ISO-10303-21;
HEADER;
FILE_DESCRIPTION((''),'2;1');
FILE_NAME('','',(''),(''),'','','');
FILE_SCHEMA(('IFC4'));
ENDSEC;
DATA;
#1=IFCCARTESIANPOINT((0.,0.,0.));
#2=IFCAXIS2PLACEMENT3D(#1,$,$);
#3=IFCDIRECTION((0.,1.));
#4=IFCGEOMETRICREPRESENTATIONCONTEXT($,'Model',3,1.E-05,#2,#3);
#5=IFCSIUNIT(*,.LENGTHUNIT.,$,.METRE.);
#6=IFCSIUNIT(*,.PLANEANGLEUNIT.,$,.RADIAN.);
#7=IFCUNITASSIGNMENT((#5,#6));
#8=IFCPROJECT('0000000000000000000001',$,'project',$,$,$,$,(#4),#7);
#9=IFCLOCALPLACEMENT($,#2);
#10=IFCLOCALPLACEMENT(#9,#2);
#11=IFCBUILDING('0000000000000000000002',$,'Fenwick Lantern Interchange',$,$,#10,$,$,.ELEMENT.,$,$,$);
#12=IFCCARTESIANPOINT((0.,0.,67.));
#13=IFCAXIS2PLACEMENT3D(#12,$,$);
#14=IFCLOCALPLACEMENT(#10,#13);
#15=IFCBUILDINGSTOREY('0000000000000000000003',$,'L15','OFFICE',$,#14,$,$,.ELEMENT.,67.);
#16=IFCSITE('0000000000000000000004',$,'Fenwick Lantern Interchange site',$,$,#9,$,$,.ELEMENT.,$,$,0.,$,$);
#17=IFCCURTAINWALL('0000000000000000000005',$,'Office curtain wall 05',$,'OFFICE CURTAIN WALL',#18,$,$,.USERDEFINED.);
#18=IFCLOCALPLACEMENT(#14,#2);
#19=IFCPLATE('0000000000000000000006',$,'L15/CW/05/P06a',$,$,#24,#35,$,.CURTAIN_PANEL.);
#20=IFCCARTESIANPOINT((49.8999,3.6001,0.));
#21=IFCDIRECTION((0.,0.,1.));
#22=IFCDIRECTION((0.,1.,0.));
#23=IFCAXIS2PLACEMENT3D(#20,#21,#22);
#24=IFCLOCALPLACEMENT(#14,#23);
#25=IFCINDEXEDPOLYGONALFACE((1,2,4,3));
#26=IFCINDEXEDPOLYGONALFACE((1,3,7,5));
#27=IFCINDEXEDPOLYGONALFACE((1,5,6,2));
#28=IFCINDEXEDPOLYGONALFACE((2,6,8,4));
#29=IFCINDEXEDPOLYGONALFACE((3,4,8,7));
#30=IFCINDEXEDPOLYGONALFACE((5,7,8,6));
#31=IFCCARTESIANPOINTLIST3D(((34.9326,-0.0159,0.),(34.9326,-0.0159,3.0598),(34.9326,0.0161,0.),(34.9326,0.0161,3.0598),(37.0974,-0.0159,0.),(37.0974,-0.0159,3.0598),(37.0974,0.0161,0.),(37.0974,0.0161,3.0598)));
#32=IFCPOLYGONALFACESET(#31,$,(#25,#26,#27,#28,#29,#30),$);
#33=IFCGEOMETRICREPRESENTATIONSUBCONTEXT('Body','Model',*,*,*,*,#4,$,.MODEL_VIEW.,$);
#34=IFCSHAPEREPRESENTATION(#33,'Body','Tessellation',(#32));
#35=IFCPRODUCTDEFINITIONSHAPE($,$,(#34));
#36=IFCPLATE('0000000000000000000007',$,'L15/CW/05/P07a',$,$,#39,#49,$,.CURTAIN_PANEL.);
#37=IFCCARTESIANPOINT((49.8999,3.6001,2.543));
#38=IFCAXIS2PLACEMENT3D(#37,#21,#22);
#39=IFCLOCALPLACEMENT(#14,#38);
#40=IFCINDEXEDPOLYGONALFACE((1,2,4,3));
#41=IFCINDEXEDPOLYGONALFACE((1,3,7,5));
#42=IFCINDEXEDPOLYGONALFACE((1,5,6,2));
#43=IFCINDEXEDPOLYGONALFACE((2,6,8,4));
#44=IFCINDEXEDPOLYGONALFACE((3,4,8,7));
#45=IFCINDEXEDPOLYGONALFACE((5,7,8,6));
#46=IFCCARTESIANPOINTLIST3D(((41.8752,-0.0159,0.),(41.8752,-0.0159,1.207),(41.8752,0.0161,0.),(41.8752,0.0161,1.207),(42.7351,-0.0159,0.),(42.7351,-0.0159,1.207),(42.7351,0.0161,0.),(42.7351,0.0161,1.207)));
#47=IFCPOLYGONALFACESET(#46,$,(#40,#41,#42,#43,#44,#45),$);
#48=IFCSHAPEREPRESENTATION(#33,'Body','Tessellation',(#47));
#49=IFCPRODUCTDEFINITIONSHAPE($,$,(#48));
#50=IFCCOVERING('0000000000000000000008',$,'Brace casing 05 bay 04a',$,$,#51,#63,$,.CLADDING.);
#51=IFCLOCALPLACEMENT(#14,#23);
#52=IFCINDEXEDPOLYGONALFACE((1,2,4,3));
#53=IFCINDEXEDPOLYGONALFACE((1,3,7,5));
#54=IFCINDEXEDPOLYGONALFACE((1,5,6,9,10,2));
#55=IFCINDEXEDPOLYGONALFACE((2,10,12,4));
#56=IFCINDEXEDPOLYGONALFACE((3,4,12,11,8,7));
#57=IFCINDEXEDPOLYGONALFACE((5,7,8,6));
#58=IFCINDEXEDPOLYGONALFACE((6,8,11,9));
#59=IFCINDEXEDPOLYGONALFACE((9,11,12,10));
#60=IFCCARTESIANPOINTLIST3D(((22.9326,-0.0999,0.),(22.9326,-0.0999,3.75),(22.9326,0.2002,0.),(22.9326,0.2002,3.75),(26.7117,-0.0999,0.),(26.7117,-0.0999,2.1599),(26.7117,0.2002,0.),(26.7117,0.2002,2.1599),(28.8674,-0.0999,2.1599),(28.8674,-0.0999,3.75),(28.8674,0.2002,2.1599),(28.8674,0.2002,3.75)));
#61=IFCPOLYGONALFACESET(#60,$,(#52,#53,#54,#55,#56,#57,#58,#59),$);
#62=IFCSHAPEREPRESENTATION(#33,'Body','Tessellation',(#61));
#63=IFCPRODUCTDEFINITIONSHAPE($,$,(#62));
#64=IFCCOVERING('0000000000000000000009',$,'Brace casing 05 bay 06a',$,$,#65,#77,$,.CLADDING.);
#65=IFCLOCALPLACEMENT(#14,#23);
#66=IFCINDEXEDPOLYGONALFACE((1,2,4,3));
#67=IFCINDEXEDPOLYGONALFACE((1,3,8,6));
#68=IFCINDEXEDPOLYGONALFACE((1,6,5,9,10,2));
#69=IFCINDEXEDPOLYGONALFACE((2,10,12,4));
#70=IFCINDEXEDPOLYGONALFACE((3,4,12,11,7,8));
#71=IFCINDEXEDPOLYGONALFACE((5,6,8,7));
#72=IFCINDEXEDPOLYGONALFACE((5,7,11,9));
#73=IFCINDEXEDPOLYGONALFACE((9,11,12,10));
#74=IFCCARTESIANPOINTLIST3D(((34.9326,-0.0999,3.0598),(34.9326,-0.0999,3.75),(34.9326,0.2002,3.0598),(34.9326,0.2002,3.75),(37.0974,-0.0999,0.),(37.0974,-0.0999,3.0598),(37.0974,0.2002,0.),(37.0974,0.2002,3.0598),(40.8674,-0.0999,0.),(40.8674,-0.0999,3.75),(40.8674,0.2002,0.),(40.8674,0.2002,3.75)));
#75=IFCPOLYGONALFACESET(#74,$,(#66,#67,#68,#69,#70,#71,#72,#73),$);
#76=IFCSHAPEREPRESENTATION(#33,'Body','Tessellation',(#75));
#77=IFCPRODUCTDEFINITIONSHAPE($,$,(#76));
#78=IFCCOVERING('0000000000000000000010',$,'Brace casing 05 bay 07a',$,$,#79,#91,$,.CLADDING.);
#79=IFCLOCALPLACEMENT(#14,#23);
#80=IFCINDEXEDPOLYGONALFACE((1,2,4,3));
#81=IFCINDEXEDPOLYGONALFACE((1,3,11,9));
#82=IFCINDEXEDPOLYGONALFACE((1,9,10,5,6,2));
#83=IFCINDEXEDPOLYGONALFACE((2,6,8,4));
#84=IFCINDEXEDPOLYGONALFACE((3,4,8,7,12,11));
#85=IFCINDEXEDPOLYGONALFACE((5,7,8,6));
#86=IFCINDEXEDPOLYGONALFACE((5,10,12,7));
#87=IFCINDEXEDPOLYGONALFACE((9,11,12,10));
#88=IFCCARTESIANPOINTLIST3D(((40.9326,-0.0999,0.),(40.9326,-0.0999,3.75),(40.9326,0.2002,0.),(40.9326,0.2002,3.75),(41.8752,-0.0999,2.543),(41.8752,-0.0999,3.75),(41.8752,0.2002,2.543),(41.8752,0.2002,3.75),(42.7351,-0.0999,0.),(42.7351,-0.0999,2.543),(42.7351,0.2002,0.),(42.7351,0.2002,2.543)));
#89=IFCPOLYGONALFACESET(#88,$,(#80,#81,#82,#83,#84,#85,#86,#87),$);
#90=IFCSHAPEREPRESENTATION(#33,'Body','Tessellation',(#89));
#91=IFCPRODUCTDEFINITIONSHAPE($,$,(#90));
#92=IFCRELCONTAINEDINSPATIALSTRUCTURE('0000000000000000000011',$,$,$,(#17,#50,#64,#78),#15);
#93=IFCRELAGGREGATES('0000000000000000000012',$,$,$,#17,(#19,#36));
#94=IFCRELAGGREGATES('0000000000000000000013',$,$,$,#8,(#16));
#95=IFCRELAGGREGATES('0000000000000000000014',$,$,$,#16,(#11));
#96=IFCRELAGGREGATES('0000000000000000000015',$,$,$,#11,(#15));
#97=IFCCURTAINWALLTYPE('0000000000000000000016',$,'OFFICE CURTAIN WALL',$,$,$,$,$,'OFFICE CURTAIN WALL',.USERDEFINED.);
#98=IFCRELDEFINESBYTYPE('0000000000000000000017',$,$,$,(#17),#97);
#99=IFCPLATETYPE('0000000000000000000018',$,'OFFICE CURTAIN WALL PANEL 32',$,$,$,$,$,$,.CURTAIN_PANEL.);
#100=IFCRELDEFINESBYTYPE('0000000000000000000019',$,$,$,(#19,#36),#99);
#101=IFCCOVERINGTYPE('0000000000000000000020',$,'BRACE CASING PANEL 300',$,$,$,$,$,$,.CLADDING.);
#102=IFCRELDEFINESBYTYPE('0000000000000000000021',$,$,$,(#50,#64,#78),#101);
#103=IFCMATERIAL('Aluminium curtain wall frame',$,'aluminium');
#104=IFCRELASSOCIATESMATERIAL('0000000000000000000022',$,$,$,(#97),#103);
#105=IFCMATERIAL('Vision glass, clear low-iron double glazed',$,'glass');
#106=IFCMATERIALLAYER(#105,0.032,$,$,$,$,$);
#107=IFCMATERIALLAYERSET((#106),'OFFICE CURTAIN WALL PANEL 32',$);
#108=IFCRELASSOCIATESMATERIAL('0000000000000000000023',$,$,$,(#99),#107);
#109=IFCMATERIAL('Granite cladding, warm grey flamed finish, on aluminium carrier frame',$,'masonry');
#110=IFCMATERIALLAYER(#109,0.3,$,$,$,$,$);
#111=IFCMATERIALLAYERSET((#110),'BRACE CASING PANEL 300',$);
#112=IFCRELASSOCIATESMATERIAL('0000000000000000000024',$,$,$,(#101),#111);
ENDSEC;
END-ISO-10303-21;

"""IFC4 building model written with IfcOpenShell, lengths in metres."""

from ifc_helpers import new_model, si_unit, direction, frame, origin, place, context, subcontext, project, spatial, polyline, outline, extrude, material, layer, layer_set, type_object, element, aggregate, save


model = new_model("IFC4")

# Units and contexts
model_context = context("Model", 3, precision=1e-05, world=origin(), true_north=direction((0.0, 1.0)))
body_context = subcontext(model_context, "Body", "Model", "MODEL_VIEW")
ifc_project = project(units=[si_unit("LENGTHUNIT", "METRE"), si_unit("PLANEANGLEUNIT", "RADIAN")], contexts=[model_context])

# Site, building, storey
site_placement = place(None, origin())
site = spatial("IfcSite", under=ifc_project, at=site_placement, Name="Fenwick Lantern Interchange site", CompositionType="ELEMENT", RefElevation=0.0)
building_placement = place(site_placement, origin())
building = spatial("IfcBuilding", under=site, at=building_placement, Name="Fenwick Lantern Interchange", CompositionType="ELEMENT")
storey_placement = place(building_placement, frame((0.0, 0.0, 67.0)))
storey = spatial("IfcBuildingStorey", under=building, at=storey_placement, Name="L15", Description="OFFICE", CompositionType="ELEMENT", Elevation=67.0)

# Curtain wall, plates
ifc_material_1 = material(Name="Aluminium curtain wall frame", Category="aluminium")
curtain_wall_type = type_object("IfcCurtainWallType", Name="OFFICE CURTAIN WALL", ElementType="OFFICE CURTAIN WALL", PredefinedType="USERDEFINED", material=ifc_material_1)
curtain_wall_placement = place(storey_placement, origin())
curtain_wall = element("IfcCurtainWall", 1, at=curtain_wall_placement, inside=storey, type_object=curtain_wall_type, Name="Office curtain wall 05", ObjectType="OFFICE CURTAIN WALL", PredefinedType="USERDEFINED")
ifc_material_2 = material(Name="Vision glass, clear low-iron double glazed", Category="glass")
ifc_layer_1 = layer(ifc_material_2, 0.032)
ifc_layer_set_1 = layer_set([ifc_layer_1], Name="OFFICE CURTAIN WALL PANEL 32")
plate_type = type_object("IfcPlateType", Name="OFFICE CURTAIN WALL PANEL 32", PredefinedType="CURTAIN_PANEL", material=ifc_layer_set_1)
plate_1_placement = place(storey_placement, frame((49.8999, 3.6001, 0.0), z_axis=(0.0, 0.0, 1.0), x_axis=(0.0, 1.0, 0.0)))
plate_1 = element("IfcPlate", 2, at=plate_1_placement, type_object=plate_type, Name="L15/CW/05/P06a", PredefinedType="CURTAIN_PANEL", context=body_context, shape_type="SweptSolid", body=[
    extrude(outline(polyline([(34.9326, 0.0), (37.0974, 0.0), (37.0974, 3.0598), (34.9326, 3.0598), (34.9326, 0.0)])), frame((0.0, 0.0161, 0.0), z_axis=(0.0, -1.0, 0.0), x_axis=(1.0, 0.0, 0.0)), (0.0, 0.0, 1.0), 0.032),
])
plate_2_placement = place(storey_placement, frame((49.8999, 3.6001, 2.543), z_axis=(0.0, 0.0, 1.0), x_axis=(0.0, 1.0, 0.0)))
plate_2 = element("IfcPlate", 3, at=plate_2_placement, type_object=plate_type, Name="L15/CW/05/P07a", PredefinedType="CURTAIN_PANEL", context=body_context, shape_type="SweptSolid", body=[
    extrude(outline(polyline([(41.8752, 0.0), (42.7351, 0.0), (42.7351, 1.207), (41.8752, 1.207), (41.8752, 0.0)])), frame((0.0, 0.0161, 0.0), z_axis=(0.0, -1.0, 0.0), x_axis=(1.0, 0.0, 0.0)), (0.0, 0.0, 1.0), 0.032),
])
aggregate(curtain_wall, [plate_1, plate_2])

# Coverings
ifc_material_3 = material(Name="Granite cladding, warm grey flamed finish, on aluminium carrier frame", Category="masonry")
ifc_layer_2 = layer(ifc_material_3, 0.3)
ifc_layer_set_2 = layer_set([ifc_layer_2], Name="BRACE CASING PANEL 300")
covering_type = type_object("IfcCoveringType", Name="BRACE CASING PANEL 300", PredefinedType="CLADDING", material=ifc_layer_set_2)
covering_1_placement = place(storey_placement, frame((49.8999, 3.6001, 0.0), z_axis=(0.0, 0.0, 1.0), x_axis=(0.0, 1.0, 0.0)))
element("IfcCovering", 4, at=covering_1_placement, inside=storey, type_object=covering_type, Name="Brace casing 05 bay 04a", PredefinedType="CLADDING", context=body_context, shape_type="SweptSolid", body=[
    extrude(outline(polyline([(22.9326, 0.0), (26.7117, 0.0), (26.7117, 2.1599), (28.8674, 2.1599), (28.8674, 3.75), (22.9326, 3.75), (22.9326, 0.0)])), frame((0.0, 0.2002, 0.0), z_axis=(0.0, -1.0, 0.0), x_axis=(1.0, 0.0, 0.0)), (0.0, 0.0, 1.0), 0.3),
])
covering_2_placement = place(storey_placement, frame((49.8999, 3.6001, 0.0), z_axis=(0.0, 0.0, 1.0), x_axis=(0.0, 1.0, 0.0)))
element("IfcCovering", 5, at=covering_2_placement, inside=storey, type_object=covering_type, Name="Brace casing 05 bay 06a", PredefinedType="CLADDING", context=body_context, shape_type="SweptSolid", body=[
    extrude(outline(polyline([(37.0974, 0.0), (40.8674, 0.0), (40.8674, 3.75), (34.9326, 3.75), (34.9326, 3.0598), (37.0974, 3.0598), (37.0974, 0.0)])), frame((0.0, 0.2002, 0.0), z_axis=(0.0, -1.0, 0.0), x_axis=(1.0, 0.0, 0.0)), (0.0, 0.0, 1.0), 0.3),
])
covering_3_placement = place(storey_placement, frame((49.8999, 3.6001, 0.0), z_axis=(0.0, 0.0, 1.0), x_axis=(0.0, 1.0, 0.0)))
element("IfcCovering", 6, at=covering_3_placement, inside=storey, type_object=covering_type, Name="Brace casing 05 bay 07a", PredefinedType="CLADDING", context=body_context, shape_type="SweptSolid", body=[
    extrude(outline(polyline([(40.9326, 0.0), (42.7351, 0.0), (42.7351, 2.543), (41.8752, 2.543), (41.8752, 3.75), (40.9326, 3.75), (40.9326, 0.0)])), frame((0.0, 0.2002, 0.0), z_axis=(0.0, -1.0, 0.0), x_axis=(1.0, 0.0, 0.0)), (0.0, 0.0, 1.0), 0.3),
])

save(model, "model.ifc")
